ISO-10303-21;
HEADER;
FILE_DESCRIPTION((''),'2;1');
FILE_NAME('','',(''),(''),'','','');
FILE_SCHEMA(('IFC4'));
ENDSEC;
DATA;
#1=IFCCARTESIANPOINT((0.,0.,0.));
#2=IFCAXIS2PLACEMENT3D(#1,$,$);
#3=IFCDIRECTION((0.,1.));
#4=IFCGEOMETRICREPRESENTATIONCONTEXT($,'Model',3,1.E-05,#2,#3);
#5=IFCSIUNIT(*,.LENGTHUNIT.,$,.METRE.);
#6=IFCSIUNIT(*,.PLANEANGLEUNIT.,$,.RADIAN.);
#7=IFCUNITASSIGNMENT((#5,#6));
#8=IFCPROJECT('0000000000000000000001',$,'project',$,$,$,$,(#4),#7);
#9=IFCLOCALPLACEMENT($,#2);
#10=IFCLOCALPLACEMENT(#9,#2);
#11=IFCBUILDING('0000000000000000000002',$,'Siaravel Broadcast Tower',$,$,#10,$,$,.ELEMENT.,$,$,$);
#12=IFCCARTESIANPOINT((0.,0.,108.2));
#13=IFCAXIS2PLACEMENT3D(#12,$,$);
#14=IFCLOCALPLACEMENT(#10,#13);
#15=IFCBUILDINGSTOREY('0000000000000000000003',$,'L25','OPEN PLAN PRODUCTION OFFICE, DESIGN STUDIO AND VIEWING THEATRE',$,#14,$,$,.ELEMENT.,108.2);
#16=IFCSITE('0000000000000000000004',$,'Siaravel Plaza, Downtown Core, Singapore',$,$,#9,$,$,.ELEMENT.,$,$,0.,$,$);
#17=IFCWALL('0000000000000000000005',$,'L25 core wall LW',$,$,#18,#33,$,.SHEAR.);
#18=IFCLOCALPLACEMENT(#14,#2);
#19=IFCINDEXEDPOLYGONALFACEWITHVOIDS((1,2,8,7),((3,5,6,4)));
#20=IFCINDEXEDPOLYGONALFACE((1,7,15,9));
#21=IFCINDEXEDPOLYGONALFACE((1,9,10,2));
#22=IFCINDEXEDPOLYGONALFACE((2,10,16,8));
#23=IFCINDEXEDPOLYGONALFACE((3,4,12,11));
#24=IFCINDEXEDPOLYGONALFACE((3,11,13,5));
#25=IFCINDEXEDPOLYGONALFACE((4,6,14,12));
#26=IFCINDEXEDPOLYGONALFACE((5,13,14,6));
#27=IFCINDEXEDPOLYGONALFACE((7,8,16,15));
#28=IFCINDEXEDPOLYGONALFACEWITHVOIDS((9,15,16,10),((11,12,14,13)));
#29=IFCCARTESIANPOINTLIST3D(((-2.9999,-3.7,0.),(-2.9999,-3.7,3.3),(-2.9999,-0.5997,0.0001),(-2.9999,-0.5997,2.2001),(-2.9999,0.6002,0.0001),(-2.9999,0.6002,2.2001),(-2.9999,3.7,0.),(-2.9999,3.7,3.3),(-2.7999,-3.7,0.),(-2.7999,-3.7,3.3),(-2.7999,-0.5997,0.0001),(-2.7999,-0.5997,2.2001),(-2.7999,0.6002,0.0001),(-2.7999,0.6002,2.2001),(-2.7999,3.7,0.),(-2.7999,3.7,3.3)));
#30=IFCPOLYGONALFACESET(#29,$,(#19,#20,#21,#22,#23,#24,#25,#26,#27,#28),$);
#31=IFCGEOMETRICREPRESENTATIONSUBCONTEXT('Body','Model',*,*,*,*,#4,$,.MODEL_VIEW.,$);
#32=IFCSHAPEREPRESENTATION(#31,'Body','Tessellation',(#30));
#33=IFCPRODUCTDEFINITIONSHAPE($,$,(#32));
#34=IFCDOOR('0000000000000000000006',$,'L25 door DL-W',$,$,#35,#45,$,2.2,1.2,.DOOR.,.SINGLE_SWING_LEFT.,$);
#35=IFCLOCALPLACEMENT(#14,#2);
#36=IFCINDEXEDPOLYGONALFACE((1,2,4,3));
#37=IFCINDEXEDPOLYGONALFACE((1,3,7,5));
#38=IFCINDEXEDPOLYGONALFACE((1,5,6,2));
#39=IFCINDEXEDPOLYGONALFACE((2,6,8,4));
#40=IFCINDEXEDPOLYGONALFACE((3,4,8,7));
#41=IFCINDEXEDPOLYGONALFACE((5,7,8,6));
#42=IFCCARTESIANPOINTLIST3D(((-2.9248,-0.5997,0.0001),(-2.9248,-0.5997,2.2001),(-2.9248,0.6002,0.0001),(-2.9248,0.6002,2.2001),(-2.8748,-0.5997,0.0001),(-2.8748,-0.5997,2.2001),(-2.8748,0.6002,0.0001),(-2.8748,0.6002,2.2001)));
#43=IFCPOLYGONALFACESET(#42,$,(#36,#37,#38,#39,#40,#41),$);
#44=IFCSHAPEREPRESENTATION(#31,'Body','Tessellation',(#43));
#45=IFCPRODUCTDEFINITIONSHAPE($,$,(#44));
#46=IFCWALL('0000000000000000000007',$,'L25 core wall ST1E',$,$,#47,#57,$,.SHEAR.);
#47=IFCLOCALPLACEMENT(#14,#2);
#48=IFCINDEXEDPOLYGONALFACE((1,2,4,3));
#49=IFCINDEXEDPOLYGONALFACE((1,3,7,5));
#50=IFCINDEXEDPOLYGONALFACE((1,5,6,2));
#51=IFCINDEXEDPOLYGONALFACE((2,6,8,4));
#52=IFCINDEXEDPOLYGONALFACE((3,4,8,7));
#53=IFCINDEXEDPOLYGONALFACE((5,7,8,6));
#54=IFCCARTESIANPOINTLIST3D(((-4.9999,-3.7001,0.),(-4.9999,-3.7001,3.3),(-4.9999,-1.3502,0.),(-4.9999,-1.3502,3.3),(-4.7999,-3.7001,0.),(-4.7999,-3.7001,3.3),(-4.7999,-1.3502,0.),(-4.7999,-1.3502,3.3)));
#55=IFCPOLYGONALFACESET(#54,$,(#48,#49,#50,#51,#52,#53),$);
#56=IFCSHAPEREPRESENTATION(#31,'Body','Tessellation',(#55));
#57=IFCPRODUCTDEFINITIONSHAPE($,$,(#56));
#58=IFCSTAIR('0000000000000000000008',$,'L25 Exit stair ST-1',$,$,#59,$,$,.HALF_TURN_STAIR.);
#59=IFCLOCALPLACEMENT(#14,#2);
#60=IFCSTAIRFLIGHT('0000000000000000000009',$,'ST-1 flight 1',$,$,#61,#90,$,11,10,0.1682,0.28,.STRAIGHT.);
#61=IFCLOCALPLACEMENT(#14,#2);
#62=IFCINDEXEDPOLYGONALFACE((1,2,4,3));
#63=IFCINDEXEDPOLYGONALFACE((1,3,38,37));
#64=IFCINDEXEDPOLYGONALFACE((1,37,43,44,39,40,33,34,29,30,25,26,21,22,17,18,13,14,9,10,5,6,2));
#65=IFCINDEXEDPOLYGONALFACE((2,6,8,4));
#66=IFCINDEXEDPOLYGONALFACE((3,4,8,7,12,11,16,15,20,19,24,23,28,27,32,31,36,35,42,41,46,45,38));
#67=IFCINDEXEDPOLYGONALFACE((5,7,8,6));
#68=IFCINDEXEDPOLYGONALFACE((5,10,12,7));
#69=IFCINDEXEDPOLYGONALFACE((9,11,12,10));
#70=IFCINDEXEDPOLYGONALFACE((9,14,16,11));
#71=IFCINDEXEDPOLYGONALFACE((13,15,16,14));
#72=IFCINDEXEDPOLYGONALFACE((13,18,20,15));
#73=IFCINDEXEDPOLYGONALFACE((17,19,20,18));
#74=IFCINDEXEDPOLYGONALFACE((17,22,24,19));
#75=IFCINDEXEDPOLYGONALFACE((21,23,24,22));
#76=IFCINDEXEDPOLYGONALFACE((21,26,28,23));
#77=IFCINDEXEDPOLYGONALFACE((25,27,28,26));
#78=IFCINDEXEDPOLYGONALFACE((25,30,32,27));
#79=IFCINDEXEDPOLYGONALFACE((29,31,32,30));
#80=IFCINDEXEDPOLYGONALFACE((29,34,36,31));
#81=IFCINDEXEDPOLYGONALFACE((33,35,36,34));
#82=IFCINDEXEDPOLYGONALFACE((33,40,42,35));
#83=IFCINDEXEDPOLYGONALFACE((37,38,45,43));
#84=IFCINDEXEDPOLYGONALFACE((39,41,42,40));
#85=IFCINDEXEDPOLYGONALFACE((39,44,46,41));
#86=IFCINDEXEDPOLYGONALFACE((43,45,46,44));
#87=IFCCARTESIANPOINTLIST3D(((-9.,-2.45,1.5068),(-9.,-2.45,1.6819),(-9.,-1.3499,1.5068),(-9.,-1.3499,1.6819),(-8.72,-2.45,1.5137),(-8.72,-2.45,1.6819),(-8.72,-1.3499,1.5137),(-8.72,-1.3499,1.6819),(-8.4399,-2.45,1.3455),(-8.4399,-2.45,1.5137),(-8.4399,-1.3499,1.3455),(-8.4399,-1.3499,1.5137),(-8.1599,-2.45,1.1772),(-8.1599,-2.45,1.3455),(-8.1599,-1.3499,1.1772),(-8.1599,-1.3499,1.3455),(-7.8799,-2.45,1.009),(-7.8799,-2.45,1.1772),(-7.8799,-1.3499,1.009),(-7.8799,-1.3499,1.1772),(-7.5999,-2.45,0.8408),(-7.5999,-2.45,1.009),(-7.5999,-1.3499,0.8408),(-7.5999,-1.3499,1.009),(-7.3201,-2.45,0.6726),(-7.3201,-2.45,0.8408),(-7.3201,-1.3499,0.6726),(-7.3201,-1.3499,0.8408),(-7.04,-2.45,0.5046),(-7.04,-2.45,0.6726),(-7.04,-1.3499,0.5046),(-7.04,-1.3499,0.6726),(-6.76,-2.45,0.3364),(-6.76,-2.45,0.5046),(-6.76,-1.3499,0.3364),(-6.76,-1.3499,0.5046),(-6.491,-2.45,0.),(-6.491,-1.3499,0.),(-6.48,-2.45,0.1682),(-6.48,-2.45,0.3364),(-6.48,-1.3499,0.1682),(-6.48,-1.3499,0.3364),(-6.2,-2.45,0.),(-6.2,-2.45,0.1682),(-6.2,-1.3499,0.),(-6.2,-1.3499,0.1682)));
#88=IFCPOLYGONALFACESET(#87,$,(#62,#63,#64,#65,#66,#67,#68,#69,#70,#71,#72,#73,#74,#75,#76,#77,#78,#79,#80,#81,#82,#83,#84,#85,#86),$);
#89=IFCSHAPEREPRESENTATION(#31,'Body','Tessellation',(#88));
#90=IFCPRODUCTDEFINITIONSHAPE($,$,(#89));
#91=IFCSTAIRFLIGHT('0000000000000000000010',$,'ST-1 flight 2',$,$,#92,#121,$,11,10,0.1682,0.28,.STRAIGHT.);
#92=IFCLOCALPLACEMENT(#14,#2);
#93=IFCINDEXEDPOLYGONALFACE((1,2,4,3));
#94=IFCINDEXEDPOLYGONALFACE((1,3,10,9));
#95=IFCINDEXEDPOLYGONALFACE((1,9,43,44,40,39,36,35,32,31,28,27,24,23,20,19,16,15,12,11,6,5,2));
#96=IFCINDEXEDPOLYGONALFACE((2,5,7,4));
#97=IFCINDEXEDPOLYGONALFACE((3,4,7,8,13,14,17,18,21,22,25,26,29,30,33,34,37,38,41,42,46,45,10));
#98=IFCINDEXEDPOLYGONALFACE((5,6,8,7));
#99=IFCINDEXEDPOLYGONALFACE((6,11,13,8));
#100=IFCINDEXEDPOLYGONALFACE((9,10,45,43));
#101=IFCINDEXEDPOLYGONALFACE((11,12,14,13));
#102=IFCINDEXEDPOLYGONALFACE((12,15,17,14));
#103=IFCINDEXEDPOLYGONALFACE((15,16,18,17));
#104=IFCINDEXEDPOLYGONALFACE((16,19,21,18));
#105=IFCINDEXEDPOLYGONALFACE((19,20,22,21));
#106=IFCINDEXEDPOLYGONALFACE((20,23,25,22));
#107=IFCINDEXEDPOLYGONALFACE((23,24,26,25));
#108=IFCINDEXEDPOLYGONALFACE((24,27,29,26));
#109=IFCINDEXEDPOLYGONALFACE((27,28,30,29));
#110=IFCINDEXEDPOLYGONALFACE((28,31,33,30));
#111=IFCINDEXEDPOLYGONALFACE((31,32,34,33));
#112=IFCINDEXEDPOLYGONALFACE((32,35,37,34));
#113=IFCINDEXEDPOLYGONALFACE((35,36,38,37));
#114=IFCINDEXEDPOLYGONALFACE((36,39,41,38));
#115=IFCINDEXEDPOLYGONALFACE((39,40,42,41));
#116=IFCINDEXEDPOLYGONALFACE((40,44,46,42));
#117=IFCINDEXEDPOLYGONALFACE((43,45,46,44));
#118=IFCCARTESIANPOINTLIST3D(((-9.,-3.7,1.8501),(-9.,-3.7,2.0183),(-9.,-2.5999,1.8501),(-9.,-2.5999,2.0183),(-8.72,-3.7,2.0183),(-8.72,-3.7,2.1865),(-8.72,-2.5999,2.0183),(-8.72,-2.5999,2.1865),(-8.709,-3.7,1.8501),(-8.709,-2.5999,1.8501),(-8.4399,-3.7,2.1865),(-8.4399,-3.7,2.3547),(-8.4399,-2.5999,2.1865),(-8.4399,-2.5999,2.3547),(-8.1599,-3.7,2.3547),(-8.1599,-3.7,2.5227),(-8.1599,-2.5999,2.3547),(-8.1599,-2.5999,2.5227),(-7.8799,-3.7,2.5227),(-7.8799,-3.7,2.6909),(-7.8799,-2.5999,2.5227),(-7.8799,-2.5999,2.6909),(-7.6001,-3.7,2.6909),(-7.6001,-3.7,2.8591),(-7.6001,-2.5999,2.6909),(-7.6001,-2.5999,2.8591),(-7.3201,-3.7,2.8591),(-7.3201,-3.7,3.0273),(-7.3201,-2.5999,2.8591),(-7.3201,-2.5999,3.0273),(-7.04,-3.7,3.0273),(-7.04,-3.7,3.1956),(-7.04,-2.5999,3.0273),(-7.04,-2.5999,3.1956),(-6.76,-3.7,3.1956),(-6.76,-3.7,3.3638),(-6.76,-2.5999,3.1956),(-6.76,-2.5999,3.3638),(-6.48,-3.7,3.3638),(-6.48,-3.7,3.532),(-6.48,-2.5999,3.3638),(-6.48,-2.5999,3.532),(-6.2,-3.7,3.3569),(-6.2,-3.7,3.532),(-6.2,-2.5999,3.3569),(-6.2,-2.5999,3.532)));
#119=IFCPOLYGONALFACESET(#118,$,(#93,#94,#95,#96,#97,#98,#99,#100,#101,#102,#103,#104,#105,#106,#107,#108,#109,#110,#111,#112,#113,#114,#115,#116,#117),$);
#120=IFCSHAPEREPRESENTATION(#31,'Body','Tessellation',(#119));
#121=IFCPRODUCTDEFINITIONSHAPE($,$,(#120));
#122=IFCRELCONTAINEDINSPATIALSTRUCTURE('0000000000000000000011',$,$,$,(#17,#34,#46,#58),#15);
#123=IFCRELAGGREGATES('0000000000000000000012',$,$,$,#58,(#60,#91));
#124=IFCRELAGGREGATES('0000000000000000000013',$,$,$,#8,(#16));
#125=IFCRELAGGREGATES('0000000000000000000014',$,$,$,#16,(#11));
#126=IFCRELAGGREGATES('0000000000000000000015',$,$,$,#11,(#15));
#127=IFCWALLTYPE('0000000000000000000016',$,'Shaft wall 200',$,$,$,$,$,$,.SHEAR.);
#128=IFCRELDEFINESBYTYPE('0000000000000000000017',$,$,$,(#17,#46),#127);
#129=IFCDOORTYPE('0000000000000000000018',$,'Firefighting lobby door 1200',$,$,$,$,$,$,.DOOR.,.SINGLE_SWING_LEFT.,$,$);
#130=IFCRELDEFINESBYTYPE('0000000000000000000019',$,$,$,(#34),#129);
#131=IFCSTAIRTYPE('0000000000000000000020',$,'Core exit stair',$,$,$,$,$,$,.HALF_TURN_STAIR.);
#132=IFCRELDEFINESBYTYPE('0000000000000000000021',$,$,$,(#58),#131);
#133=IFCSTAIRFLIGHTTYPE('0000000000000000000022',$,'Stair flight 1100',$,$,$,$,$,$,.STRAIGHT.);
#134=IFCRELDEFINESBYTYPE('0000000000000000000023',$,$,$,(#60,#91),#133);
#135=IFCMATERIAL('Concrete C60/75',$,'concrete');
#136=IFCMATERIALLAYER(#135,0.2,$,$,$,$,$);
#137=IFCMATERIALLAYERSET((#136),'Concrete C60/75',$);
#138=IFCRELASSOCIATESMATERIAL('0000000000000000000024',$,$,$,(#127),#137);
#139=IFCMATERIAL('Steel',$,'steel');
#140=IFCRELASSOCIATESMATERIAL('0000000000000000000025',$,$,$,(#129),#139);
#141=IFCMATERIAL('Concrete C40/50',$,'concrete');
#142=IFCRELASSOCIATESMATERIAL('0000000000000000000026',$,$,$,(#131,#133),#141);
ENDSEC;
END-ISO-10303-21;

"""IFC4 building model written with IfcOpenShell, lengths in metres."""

from ifc_helpers import new_model, si_unit, direction, frame, frame_2d, origin, place, context, subcontext, project, spatial, polyline, rectangle, outline, extrude, material, layer, layer_set, type_object, element, fill, aggregate, save


model = new_model("IFC4")

# Units and contexts
model_context = context("Model", 3, precision=1e-05, world=origin(), true_north=direction((0.0, 1.0)))
body_context = subcontext(model_context, "Body", "Model", "MODEL_VIEW")
ifc_project = project(units=[si_unit("LENGTHUNIT", "METRE"), si_unit("PLANEANGLEUNIT", "RADIAN")], contexts=[model_context])

# Site, building, storey
site_placement = place(None, origin())
site = spatial("IfcSite", under=ifc_project, at=site_placement, Name="Siaravel Plaza, Downtown Core, Singapore", CompositionType="ELEMENT", RefElevation=0.0)
building_placement = place(site_placement, origin())
building = spatial("IfcBuilding", under=site, at=building_placement, Name="Siaravel Broadcast Tower", CompositionType="ELEMENT")
storey_placement = place(building_placement, frame((0.0, 0.0, 108.2)))
storey = spatial("IfcBuildingStorey", under=building, at=storey_placement, Name="L25", Description="OPEN PLAN PRODUCTION OFFICE, DESIGN STUDIO AND VIEWING THEATRE", CompositionType="ELEMENT", Elevation=108.2)

# Shared definitions
ifc_material_1 = material(Name="Concrete C60/75", Category="concrete")

# Shared definitions
ifc_material_2 = material(Name="Steel", Category="steel")

# Wall, opening, door
ifc_layer_1 = layer(ifc_material_1, 0.2)
ifc_layer_set_1 = layer_set([ifc_layer_1], Name="Concrete C60/75")
wall_type_1 = type_object("IfcWallType", Name="Shaft wall 200", PredefinedType="SHEAR", material=ifc_layer_set_1)
wall_1_placement = place(storey_placement, frame((-2.8999, -3.7, 0.0), z_axis=(0.0, 0.0, 1.0), x_axis=(0.0, 1.0, 0.0)))
wall_1 = element("IfcWall", 1, at=wall_1_placement, inside=storey, type_object=wall_type_1, Name="L25 core wall LW", PredefinedType="SHEAR", context=body_context, shape_type="SweptSolid", body=[
    extrude(rectangle(XDim=7.3999, YDim=0.2, at=frame_2d((3.7, 0.0))), origin(), (0.0, 0.0, 1.0), 3.3),
])
opening_1_placement = place(wall_1_placement, frame((3.1001, 0.0, 0.0)))
opening_1 = element("IfcOpeningElement", 2, at=opening_1_placement, cuts=wall_1, PredefinedType="OPENING", context=body_context, shape_type="SweptSolid", body=[
    extrude(rectangle(XDim=1.2, YDim=2.2, at=frame_2d((0.6001, 1.1001))), frame((0.0, 0.1099, 0.0), z_axis=(0.0, -1.0, 0.0), x_axis=(1.0, 0.0, 0.0)), (0.0, 0.0, 1.0), 0.22),
])
door_type_1 = type_object("IfcDoorType", Name="Firefighting lobby door 1200", OperationType="SINGLE_SWING_LEFT", PredefinedType="DOOR", material=ifc_material_2)
door_1_placement = place(opening_1_placement, origin())
door_1 = element("IfcDoor", 3, at=door_1_placement, inside=storey, type_object=door_type_1, Name="L25 door DL-W", OperationType="SINGLE_SWING_LEFT", OverallHeight=2.2, OverallWidth=1.2, PredefinedType="DOOR", context=body_context, shape_type="SweptSolid", body=[
    extrude(rectangle(XDim=1.2, YDim=2.2, at=frame_2d((0.6001, 1.1001))), frame((0.0, 0.0249, 0.0), z_axis=(0.0, -1.0, 0.0), x_axis=(1.0, 0.0, 0.0)), (0.0, 0.0, 1.0), 0.05),
])
fill(opening_1, door_1)

# Wall
wall_2_placement = place(storey_placement, frame((-4.8999, -3.7, 0.0), z_axis=(0.0, 0.0, 1.0), x_axis=(0.0, 1.0, 0.0)))
element("IfcWall", 4, at=wall_2_placement, inside=storey, type_object=wall_type_1, Name="L25 core wall ST1E", PredefinedType="SHEAR", context=body_context, shape_type="SweptSolid", body=[
    extrude(rectangle(XDim=2.3499, YDim=0.2, at=frame_2d((1.1748, 0.0))), origin(), (0.0, 0.0, 1.0), 3.3),
])

# Stair, stair flights
ifc_material_3 = material(Name="Concrete C40/50", Category="concrete")
stair_type = type_object("IfcStairType", Name="Core exit stair", PredefinedType="HALF_TURN_STAIR", material=ifc_material_3)
stair_placement = place(storey_placement, origin())
stair = element("IfcStair", 5, at=stair_placement, inside=storey, type_object=stair_type, Name="L25 Exit stair ST-1", PredefinedType="HALF_TURN_STAIR")
stair_flight_type = type_object("IfcStairFlightType", Name="Stair flight 1100", PredefinedType="STRAIGHT", material=ifc_material_3)
stair_flight_1_placement = place(storey_placement, frame((-6.2, -1.8999, 0.0), z_axis=(0.0, 0.0, 1.0), x_axis=(-1.0, 0.0, 0.0)))
stair_flight_1 = element("IfcStairFlight", 6, at=stair_flight_1_placement, type_object=stair_flight_type, Name="ST-1 flight 1", NumberOfRisers=11, NumberOfTreads=10, PredefinedType="STRAIGHT", RiserHeight=0.1682, TreadLength=0.28, context=body_context, shape_type="SweptSolid", body=[
    extrude(outline(polyline([(0.0, 0.0), (0.0, 0.1682), (0.28, 0.1682), (0.28, 0.3364), (0.5601, 0.3364), (0.5601, 0.5046), (0.8401, 0.5046), (0.8401, 0.6726), (1.1201, 0.6726), (1.1201, 0.8408), (1.3999, 0.8408), (1.3999, 1.009), (1.6799, 1.009), (1.6799, 1.1772), (1.96, 1.1772), (1.96, 1.3455), (2.24, 1.3455), (2.24, 1.5137), (2.52, 1.5137), (2.52, 1.6819), (2.8, 1.6819), (2.8, 1.8501), (2.8, 1.5068), (0.291, 0.0), (0.0, 0.0)])), frame((0.0, 0.55, 0.0), z_axis=(0.0, -1.0, 0.0), x_axis=(1.0, 0.0, 0.0)), (0.0, 0.0, 1.0), 1.1001),
])
stair_flight_2_placement = place(storey_placement, frame((-9.0, -3.1499, 1.8501), z_axis=(0.0, 0.0, 1.0), x_axis=(1.0, 0.0, 0.0)))
stair_flight_2 = element("IfcStairFlight", 7, at=stair_flight_2_placement, type_object=stair_flight_type, Name="ST-1 flight 2", NumberOfRisers=11, NumberOfTreads=10, PredefinedType="STRAIGHT", RiserHeight=0.1682, TreadLength=0.28, context=body_context, shape_type="SweptSolid", body=[
    extrude(outline(polyline([(0.0, 0.0), (0.0, 0.1682), (0.28, 0.1682), (0.28, 0.3364), (0.5601, 0.3364), (0.5601, 0.5046), (0.8401, 0.5046), (0.8401, 0.6726), (1.1201, 0.6726), (1.1201, 0.8408), (1.3999, 0.8408), (1.3999, 1.009), (1.6799, 1.009), (1.6799, 1.1772), (1.96, 1.1772), (1.96, 1.3455), (2.24, 1.3455), (2.24, 1.5137), (2.52, 1.5137), (2.52, 1.6819), (2.8, 1.6819), (2.8, 1.8501), (2.8, 1.5068), (0.291, 0.0), (0.0, 0.0)])), frame((0.0, 0.55, 0.0), z_axis=(0.0, -1.0, 0.0), x_axis=(1.0, 0.0, 0.0)), (0.0, 0.0, 1.0), 1.1001),
])
aggregate(stair, [stair_flight_1, stair_flight_2])

save(model, "model.ifc")
